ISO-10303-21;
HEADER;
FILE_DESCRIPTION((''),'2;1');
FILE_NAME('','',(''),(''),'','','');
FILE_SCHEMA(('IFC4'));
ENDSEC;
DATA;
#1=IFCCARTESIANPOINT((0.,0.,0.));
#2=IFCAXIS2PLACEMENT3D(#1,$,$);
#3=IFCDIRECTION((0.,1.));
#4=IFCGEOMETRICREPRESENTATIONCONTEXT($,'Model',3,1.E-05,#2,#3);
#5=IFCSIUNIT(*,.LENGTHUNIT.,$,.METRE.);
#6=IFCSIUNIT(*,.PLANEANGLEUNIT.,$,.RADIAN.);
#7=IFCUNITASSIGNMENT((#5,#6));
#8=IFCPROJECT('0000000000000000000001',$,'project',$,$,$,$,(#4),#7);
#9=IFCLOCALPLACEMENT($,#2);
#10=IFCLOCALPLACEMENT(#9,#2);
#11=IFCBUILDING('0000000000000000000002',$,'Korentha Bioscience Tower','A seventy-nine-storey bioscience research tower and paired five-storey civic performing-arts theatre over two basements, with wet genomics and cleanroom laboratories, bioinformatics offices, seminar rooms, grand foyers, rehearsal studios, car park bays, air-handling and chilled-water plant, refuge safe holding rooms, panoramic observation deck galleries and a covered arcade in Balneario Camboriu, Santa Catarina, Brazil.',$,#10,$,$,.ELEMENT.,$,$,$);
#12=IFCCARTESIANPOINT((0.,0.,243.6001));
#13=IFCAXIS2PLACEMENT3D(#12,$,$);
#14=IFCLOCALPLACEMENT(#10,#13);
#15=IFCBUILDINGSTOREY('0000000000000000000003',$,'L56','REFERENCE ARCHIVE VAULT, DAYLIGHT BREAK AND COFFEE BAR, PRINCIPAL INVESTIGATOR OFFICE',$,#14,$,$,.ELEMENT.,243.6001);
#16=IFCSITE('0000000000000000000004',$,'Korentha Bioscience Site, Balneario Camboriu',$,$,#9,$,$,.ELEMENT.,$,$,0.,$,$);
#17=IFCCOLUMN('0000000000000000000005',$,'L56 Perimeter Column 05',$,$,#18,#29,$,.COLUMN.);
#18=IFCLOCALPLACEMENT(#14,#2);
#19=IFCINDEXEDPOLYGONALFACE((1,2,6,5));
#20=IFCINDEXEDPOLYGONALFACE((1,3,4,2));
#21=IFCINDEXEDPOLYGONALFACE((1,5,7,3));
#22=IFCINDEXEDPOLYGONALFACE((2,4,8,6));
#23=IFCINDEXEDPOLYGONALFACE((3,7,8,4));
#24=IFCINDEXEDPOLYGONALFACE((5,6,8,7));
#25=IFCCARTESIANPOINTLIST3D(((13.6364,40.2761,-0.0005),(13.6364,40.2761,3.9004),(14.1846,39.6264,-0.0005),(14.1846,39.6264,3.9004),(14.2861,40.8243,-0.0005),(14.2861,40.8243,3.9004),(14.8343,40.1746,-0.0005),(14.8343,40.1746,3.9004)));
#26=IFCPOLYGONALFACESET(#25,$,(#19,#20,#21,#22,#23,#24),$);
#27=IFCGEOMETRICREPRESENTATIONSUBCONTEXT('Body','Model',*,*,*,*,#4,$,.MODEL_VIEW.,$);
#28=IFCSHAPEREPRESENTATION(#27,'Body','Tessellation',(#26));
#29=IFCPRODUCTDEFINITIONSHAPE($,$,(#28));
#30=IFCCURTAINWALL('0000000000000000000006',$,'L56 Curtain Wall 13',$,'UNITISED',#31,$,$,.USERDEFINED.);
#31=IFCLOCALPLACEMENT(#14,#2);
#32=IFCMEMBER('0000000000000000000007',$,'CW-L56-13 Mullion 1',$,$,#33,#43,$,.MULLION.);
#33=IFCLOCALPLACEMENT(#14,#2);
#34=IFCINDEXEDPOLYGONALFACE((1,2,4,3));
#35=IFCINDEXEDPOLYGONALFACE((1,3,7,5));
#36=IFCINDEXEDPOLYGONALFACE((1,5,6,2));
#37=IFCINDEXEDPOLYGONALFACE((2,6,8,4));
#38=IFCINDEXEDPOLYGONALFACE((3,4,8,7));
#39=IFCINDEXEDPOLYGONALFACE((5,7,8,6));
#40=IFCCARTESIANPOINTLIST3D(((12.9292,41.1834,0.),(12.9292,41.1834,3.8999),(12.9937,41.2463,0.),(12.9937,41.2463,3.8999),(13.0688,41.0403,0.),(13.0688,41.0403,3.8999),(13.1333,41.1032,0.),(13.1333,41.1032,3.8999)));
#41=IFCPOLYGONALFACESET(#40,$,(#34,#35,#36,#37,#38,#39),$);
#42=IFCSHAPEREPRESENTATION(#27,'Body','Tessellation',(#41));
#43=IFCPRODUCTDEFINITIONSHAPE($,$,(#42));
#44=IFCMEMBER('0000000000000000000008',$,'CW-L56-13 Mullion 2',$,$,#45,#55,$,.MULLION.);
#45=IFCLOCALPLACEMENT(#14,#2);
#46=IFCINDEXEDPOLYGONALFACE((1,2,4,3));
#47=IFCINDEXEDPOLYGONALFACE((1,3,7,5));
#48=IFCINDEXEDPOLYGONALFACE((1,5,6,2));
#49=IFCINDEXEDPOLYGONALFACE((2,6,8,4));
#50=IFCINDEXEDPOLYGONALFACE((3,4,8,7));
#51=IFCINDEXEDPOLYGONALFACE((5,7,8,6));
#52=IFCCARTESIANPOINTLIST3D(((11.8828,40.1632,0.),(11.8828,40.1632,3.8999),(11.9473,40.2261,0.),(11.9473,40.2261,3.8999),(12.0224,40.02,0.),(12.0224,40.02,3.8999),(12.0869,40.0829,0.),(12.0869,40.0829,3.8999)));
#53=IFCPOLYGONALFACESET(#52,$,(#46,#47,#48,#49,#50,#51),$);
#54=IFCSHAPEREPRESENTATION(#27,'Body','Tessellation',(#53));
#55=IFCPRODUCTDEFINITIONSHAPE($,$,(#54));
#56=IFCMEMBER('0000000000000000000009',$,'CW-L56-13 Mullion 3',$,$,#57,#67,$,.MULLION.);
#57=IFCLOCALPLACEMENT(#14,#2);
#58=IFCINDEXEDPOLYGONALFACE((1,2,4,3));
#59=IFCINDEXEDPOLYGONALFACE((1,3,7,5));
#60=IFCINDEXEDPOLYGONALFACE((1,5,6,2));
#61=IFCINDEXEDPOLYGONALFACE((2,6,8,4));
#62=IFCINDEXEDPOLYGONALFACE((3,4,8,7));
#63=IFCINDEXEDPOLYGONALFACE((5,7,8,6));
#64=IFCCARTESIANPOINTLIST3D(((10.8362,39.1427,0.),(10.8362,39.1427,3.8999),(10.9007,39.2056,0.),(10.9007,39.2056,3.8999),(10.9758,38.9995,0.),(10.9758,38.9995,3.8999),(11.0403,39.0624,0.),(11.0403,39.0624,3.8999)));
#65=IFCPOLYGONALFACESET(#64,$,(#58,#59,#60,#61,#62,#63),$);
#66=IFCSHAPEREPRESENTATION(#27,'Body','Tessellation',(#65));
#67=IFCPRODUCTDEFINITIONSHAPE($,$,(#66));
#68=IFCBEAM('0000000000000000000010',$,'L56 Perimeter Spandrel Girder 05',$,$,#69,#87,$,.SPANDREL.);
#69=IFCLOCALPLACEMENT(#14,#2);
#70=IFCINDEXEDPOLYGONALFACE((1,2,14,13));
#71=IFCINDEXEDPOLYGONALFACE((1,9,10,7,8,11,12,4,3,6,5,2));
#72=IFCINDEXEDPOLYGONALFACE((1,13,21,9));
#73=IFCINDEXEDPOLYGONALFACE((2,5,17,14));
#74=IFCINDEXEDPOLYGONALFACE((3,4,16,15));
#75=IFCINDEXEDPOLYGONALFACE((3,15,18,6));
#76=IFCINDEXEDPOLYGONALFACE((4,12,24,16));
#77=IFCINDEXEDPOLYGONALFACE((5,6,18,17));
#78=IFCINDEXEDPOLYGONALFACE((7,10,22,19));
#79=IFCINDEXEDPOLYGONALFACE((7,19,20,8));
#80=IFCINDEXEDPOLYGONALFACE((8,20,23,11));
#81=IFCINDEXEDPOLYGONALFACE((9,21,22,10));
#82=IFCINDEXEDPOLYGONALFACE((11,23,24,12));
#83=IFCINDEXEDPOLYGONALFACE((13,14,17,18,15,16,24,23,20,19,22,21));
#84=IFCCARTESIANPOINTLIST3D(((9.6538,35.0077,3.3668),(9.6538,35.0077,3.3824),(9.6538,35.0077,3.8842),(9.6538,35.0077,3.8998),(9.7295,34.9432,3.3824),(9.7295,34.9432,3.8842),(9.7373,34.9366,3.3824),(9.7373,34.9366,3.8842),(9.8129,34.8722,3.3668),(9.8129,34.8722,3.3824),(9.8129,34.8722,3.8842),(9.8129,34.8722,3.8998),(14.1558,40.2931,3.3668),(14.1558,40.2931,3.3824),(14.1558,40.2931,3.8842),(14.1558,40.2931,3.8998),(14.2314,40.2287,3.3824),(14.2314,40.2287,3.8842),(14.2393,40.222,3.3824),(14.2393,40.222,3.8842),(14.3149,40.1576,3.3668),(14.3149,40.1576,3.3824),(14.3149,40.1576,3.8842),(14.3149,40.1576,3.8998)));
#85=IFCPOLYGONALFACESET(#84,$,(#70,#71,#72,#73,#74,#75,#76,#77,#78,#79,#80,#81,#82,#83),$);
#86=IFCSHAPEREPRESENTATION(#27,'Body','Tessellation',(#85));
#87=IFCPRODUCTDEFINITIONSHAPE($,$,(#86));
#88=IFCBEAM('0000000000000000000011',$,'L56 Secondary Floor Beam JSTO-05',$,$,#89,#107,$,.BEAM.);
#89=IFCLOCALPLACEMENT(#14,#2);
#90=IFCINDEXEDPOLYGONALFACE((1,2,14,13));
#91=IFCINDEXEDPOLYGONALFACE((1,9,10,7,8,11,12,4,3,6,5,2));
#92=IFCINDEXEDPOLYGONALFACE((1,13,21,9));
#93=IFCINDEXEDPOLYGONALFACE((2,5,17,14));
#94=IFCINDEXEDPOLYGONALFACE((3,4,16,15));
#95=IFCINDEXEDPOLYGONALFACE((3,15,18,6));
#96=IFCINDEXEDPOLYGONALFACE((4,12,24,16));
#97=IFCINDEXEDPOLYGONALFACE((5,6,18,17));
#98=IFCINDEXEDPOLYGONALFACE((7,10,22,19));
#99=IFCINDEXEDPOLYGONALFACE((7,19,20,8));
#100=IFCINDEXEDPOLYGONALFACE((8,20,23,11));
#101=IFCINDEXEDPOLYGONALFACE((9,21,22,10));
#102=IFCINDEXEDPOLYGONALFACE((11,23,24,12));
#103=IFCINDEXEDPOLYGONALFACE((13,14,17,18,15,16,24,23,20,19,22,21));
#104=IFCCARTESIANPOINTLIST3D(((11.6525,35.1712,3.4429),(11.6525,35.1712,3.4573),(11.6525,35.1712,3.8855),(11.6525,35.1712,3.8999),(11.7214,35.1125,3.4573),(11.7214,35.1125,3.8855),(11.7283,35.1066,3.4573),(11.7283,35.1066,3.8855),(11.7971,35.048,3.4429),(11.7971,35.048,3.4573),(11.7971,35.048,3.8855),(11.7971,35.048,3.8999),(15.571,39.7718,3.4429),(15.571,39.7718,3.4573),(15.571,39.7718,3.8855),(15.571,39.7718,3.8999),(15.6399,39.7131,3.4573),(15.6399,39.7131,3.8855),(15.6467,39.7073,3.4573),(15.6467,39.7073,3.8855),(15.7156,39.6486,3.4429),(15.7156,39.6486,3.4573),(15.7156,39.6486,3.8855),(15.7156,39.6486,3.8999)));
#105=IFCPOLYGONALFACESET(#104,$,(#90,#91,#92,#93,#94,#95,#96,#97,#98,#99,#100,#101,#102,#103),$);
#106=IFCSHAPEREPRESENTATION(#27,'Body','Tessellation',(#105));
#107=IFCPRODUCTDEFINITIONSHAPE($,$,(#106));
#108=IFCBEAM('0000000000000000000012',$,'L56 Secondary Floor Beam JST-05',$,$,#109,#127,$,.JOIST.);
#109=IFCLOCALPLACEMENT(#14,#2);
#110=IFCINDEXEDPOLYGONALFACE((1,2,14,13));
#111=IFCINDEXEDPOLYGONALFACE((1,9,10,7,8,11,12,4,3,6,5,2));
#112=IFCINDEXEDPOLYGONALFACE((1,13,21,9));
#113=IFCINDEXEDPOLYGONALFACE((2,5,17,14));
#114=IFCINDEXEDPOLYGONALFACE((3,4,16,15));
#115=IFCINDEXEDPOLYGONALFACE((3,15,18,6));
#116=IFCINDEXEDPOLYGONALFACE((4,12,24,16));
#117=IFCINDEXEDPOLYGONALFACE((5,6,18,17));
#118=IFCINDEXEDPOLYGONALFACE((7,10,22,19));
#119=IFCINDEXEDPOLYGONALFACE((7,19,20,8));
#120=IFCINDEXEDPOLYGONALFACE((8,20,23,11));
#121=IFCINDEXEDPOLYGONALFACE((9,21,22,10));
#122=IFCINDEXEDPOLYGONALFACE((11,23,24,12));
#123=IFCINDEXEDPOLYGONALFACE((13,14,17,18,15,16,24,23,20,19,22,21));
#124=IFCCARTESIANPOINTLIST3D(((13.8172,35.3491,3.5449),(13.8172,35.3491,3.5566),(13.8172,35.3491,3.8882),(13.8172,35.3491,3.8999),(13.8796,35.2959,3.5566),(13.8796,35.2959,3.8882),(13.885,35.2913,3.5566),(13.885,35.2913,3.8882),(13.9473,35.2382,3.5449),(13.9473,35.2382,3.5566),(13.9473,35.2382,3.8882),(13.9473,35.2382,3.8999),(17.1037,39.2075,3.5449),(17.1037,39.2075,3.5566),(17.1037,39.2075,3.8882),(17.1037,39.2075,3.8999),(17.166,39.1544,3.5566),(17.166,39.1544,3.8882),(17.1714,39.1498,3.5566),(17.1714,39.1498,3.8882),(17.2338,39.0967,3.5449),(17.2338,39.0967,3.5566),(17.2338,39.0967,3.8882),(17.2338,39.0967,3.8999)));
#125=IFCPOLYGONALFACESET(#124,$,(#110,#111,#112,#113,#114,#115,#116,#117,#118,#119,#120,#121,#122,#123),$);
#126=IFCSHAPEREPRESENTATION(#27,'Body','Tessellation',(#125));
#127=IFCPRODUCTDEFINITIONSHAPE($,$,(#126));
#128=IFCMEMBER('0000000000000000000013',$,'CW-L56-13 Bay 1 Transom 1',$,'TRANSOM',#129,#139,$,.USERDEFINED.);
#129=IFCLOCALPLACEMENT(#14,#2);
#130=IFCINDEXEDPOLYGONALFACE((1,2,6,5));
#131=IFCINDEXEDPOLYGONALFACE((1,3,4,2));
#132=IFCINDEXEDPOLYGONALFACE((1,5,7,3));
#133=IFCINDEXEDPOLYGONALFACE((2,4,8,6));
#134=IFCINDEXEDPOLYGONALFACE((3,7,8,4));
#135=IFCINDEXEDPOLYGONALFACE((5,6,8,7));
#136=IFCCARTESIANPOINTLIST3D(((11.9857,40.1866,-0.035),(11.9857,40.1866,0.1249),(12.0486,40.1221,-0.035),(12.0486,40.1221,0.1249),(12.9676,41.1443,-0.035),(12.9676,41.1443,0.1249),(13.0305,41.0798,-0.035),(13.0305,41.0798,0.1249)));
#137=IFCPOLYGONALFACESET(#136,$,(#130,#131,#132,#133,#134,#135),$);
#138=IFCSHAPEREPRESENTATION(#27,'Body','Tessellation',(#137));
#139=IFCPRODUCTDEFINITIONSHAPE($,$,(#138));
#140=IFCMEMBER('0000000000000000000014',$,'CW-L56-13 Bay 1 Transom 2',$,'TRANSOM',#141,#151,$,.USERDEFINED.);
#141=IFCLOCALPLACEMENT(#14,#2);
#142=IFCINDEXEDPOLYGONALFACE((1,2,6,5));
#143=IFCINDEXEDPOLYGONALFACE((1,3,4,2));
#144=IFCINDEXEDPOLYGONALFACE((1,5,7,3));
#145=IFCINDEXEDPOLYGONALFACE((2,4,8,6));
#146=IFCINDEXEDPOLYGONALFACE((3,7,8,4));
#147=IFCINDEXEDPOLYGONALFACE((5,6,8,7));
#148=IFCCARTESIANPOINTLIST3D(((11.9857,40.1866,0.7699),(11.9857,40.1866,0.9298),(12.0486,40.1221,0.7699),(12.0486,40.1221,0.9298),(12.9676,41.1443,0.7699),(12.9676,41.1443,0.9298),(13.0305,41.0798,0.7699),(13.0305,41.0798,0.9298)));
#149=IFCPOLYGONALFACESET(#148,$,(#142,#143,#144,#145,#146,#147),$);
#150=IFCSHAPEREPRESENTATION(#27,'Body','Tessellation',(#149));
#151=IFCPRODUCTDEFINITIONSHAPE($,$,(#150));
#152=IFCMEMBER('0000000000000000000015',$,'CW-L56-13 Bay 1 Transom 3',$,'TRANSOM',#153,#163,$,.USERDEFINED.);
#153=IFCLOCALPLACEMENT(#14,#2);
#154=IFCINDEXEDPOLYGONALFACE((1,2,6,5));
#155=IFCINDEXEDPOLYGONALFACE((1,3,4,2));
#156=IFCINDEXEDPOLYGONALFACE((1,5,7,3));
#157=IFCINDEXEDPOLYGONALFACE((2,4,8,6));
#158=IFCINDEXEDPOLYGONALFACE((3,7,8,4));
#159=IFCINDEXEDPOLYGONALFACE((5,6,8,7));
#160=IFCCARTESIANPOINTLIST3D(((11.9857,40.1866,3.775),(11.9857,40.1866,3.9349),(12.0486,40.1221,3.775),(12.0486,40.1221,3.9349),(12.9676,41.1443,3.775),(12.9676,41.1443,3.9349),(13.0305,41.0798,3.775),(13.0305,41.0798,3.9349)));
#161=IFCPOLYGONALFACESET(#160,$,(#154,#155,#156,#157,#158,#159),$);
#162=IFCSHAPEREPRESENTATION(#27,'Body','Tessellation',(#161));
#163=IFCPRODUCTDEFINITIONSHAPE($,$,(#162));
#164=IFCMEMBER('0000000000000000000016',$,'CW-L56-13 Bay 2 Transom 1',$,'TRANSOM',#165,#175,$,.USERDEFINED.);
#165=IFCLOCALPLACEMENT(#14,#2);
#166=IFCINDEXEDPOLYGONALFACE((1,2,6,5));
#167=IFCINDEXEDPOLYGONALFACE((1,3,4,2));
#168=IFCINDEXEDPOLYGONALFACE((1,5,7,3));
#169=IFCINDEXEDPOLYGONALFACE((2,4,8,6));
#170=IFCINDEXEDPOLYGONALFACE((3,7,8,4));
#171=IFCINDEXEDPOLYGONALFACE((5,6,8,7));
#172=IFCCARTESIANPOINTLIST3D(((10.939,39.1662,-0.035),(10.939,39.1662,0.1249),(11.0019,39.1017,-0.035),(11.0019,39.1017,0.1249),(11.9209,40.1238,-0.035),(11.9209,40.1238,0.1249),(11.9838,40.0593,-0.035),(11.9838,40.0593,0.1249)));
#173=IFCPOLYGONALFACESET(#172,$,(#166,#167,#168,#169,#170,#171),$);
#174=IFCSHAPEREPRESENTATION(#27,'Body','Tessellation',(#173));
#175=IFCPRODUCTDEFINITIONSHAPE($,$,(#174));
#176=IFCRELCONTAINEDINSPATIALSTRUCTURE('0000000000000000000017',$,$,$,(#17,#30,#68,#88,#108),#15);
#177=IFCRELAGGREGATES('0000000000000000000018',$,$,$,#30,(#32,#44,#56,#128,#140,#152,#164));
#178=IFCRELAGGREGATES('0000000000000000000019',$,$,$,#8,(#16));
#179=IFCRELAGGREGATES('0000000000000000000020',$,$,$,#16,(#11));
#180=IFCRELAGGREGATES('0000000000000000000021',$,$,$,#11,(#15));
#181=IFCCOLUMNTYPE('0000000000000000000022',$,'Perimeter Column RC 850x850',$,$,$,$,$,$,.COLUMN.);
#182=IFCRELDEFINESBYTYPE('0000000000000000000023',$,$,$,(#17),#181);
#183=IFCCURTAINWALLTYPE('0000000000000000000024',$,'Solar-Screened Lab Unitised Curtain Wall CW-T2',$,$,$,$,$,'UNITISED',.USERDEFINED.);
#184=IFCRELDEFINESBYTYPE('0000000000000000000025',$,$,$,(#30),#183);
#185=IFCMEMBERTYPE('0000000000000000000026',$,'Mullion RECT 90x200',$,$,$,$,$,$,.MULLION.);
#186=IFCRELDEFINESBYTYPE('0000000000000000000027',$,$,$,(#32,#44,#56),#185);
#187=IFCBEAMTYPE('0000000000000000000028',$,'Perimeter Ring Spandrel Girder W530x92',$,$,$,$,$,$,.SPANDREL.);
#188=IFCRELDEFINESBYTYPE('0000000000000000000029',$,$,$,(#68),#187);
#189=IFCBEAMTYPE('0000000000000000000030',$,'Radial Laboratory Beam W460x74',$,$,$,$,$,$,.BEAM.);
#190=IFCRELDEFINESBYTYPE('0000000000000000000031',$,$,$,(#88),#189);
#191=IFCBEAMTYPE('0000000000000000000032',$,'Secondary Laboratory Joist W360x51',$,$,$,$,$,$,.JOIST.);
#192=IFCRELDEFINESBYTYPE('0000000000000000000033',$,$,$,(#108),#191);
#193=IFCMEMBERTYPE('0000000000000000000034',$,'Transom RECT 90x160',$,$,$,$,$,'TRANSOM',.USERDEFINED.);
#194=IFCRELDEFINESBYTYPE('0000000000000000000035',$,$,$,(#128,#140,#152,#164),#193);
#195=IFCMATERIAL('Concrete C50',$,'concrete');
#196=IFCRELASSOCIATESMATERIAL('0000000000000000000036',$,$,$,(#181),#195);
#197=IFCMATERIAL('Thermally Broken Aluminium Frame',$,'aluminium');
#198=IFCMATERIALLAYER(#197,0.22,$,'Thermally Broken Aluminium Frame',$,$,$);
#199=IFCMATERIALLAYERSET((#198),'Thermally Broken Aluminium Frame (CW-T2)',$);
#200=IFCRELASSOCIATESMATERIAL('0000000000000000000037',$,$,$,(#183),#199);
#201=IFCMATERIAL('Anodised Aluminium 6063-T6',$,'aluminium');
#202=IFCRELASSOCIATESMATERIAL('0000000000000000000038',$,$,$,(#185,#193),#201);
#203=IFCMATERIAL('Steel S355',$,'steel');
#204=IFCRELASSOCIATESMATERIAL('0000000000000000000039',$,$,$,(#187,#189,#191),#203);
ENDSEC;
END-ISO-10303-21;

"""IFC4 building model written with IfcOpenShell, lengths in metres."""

from ifc_helpers import new_model, si_unit, direction, frame, origin, origin_2d, place, context, subcontext, project, spatial, rectangle, i_section, extrude, material, layer, layer_set, material_profile, profile_set, type_object, element, aggregate, save


model = new_model("IFC4")

# Units and contexts
model_context = context("Model", 3, precision=1e-05, world=origin(), true_north=direction((0.0, 1.0)))
body_context = subcontext(model_context, "Body", "Model", "MODEL_VIEW")
ifc_project = project(units=[si_unit("LENGTHUNIT", "METRE"), si_unit("PLANEANGLEUNIT", "RADIAN")], contexts=[model_context])

# Site, building, storey
site_placement = place(None, origin())
site = spatial("IfcSite", under=ifc_project, at=site_placement, Name="Korentha Bioscience Site, Balneario Camboriu", CompositionType="ELEMENT", RefElevation=0.0)
building_placement = place(site_placement, origin())
building = spatial("IfcBuilding", under=site, at=building_placement, Name="Korentha Bioscience Tower", Description="A seventy-nine-storey bioscience research tower and paired five-storey civic performing-arts theatre over two basements, with wet genomics and cleanroom laboratories, bioinformatics offices, seminar rooms, grand foyers, rehearsal studios, car park bays, air-handling and chilled-water plant, refuge safe holding rooms, panoramic observation deck galleries and a covered arcade in Balneario Camboriu, Santa Catarina, Brazil.", CompositionType="ELEMENT")
storey_placement = place(building_placement, frame((0.0, 0.0, 243.6001)))
storey = spatial("IfcBuildingStorey", under=building, at=storey_placement, Name="L56", Description="REFERENCE ARCHIVE VAULT, DAYLIGHT BREAK AND COFFEE BAR, PRINCIPAL INVESTIGATOR OFFICE", CompositionType="ELEMENT", Elevation=243.6001)

# Column
ifc_material_1 = material(Name="Concrete C50", Category="concrete")
ifc_material_profile_1 = material_profile(ifc_material_1, rectangle(XDim=0.8501, YDim=0.8501, at=origin_2d()), Name="Concrete C50")
ifc_profile_set_1 = profile_set([ifc_material_profile_1], Name="Concrete C50 (COL-P08)")
column_type = type_object("IfcColumnType", Name="Perimeter Column RC 850x850", PredefinedType="COLUMN", material=ifc_profile_set_1)
column_placement = place(storey_placement, frame((14.2354, 40.2253, -0.0005), z_axis=(0.0, 0.0, 1.0), x_axis=(0.764246, 0.644924, 0.0)))
element("IfcColumn", 1, at=column_placement, inside=storey, type_object=column_type, Name="L56 Perimeter Column 05", PredefinedType="COLUMN", context=body_context, shape_type="SweptSolid", body=[
    extrude(rectangle(XDim=0.8501, YDim=0.8501, at=origin_2d()), origin(), (0.0, 0.0, 1.0), 3.9009),
])

# Curtain wall, members
ifc_material_2 = material(Name="Thermally Broken Aluminium Frame", Category="aluminium")
ifc_layer_1 = layer(ifc_material_2, 0.22, Name="Thermally Broken Aluminium Frame")
ifc_layer_set_1 = layer_set([ifc_layer_1], Name="Thermally Broken Aluminium Frame (CW-T2)")
curtain_wall_type = type_object("IfcCurtainWallType", Name="Solar-Screened Lab Unitised Curtain Wall CW-T2", ElementType="UNITISED", PredefinedType="USERDEFINED", material=ifc_layer_set_1)
curtain_wall_placement = place(storey_placement, origin())
curtain_wall = element("IfcCurtainWall", 2, at=curtain_wall_placement, inside=storey, type_object=curtain_wall_type, Name="L56 Curtain Wall 13", ObjectType="UNITISED", PredefinedType="USERDEFINED")
ifc_material_3 = material(Name="Anodised Aluminium 6063-T6", Category="aluminium")
ifc_material_profile_2 = material_profile(ifc_material_3, rectangle(XDim=0.0901, YDim=0.2, at=origin_2d()), Name="Anodised Aluminium 6063-T6")
ifc_profile_set_2 = profile_set([ifc_material_profile_2], Name="Anodised Aluminium 6063-T6 (CW-MUL)")
member_type_1 = type_object("IfcMemberType", Name="Mullion RECT 90x200", PredefinedType="MULLION", material=ifc_profile_set_2)
member_1_placement = place(storey_placement, frame((13.0312, 41.1433, 0.0), z_axis=(0.0, 0.0, 1.0), x_axis=(-0.715994, -0.698107, 0.0)))
member_1 = element("IfcMember", 3, at=member_1_placement, type_object=member_type_1, Name="CW-L56-13 Mullion 1", PredefinedType="MULLION", context=body_context, shape_type="SweptSolid", body=[
    extrude(rectangle(XDim=0.0901, YDim=0.2, at=origin_2d()), origin(), (0.0, 0.0, 1.0), 3.8999),
])
member_2_placement = place(storey_placement, frame((11.9849, 40.123, 0.0), z_axis=(0.0, 0.0, 1.0), x_axis=(-0.715994, -0.698107, 0.0)))
member_2 = element("IfcMember", 4, at=member_2_placement, type_object=member_type_1, Name="CW-L56-13 Mullion 2", PredefinedType="MULLION", context=body_context, shape_type="SweptSolid", body=[
    extrude(rectangle(XDim=0.0901, YDim=0.2, at=origin_2d()), origin(), (0.0, 0.0, 1.0), 3.8999),
])
member_3_placement = place(storey_placement, frame((10.9382, 39.1025, 0.0), z_axis=(0.0, 0.0, 1.0), x_axis=(-0.715994, -0.698107, 0.0)))
member_3 = element("IfcMember", 5, at=member_3_placement, type_object=member_type_1, Name="CW-L56-13 Mullion 3", PredefinedType="MULLION", context=body_context, shape_type="SweptSolid", body=[
    extrude(rectangle(XDim=0.0901, YDim=0.2, at=origin_2d()), origin(), (0.0, 0.0, 1.0), 3.8999),
])

# Beams
ifc_material_4 = material(Name="Steel S355", Category="steel")
ifc_material_profile_3 = material_profile(ifc_material_4, i_section(OverallWidth=0.209, OverallDepth=0.533, WebThickness=0.0103, FlangeThickness=0.0156, at=origin_2d()), Name="Steel S355")
ifc_profile_set_3 = profile_set([ifc_material_profile_3], Name="Steel S355 (SB-530)")
beam_type_1 = type_object("IfcBeamType", Name="Perimeter Ring Spandrel Girder W530x92", PredefinedType="SPANDREL", material=ifc_profile_set_3)
beam_1_placement = place(storey_placement, frame((14.2354, 40.2253, 3.6333), z_axis=(-0.648431, -0.761273, 0.0), x_axis=(0.761273, -0.648431, 0.0)))
element("IfcBeam", 6, at=beam_1_placement, inside=storey, type_object=beam_type_1, Name="L56 Perimeter Spandrel Girder 05", PredefinedType="SPANDREL", context=body_context, shape_type="SweptSolid", body=[
    extrude(i_section(OverallWidth=0.209, OverallDepth=0.533, WebThickness=0.0103, FlangeThickness=0.0156, at=origin_2d()), origin(), (0.0, 0.0, 1.0), 6.9429),
])
ifc_material_profile_4 = material_profile(ifc_material_4, i_section(OverallWidth=0.1899, OverallDepth=0.457, WebThickness=0.009, FlangeThickness=0.0144, at=origin_2d()), Name="Steel S355")
ifc_profile_set_4 = profile_set([ifc_material_profile_4], Name="Steel S355 (RB-460)")
beam_type_2 = type_object("IfcBeamType", Name="Radial Laboratory Beam W460x74", PredefinedType="BEAM", material=ifc_profile_set_4)
beam_2_placement = place(storey_placement, frame((15.6433, 39.7102, 3.6714), z_axis=(-0.648413, -0.761289, 0.0), x_axis=(0.761289, -0.648413, 0.0)))
element("IfcBeam", 7, at=beam_2_placement, inside=storey, type_object=beam_type_2, Name="L56 Secondary Floor Beam JSTO-05", PredefinedType="BEAM", context=body_context, shape_type="SweptSolid", body=[
    extrude(i_section(OverallWidth=0.1899, OverallDepth=0.457, WebThickness=0.009, FlangeThickness=0.0144, at=origin_2d()), origin(), (0.0, 0.0, 1.0), 6.0432),
])
ifc_material_profile_5 = material_profile(ifc_material_4, i_section(OverallWidth=0.1709, OverallDepth=0.355, WebThickness=0.0071, FlangeThickness=0.0117, at=origin_2d()), Name="Steel S355")
ifc_profile_set_5 = profile_set([ifc_material_profile_5], Name="Steel S355 (JB-360)")
beam_type_3 = type_object("IfcBeamType", Name="Secondary Laboratory Joist W360x51", PredefinedType="JOIST", material=ifc_profile_set_5)
beam_3_placement = place(storey_placement, frame((17.1687, 39.1521, 3.7224), z_axis=(-0.64842, -0.761283, 0.0), x_axis=(0.761283, -0.64842, 0.0)))
element("IfcBeam", 8, at=beam_3_placement, inside=storey, type_object=beam_type_3, Name="L56 Secondary Floor Beam JST-05", PredefinedType="JOIST", context=body_context, shape_type="SweptSolid", body=[
    extrude(i_section(OverallWidth=0.1709, OverallDepth=0.355, WebThickness=0.0071, FlangeThickness=0.0117, at=origin_2d()), origin(), (0.0, 0.0, 1.0), 5.0684),
])

# Members
ifc_material_profile_6 = material_profile(ifc_material_3, rectangle(XDim=0.0901, YDim=0.1599, at=origin_2d()), Name="Anodised Aluminium 6063-T6")
ifc_profile_set_6 = profile_set([ifc_material_profile_6], Name="Anodised Aluminium 6063-T6 (CW-TRN)")
member_type_2 = type_object("IfcMemberType", Name="Transom RECT 90x160", ElementType="TRANSOM", PredefinedType="USERDEFINED", material=ifc_profile_set_6)
member_4_placement = place(storey_placement, frame((12.999, 41.1121, 0.0449), z_axis=(-0.715862, -0.698242, 0.0), x_axis=(0.698242, -0.715862, 0.0)))
member_4 = element("IfcMember", 9, at=member_4_placement, type_object=member_type_2, Name="CW-L56-13 Bay 1 Transom 1", ObjectType="TRANSOM", PredefinedType="USERDEFINED", context=body_context, shape_type="SweptSolid", body=[
    extrude(rectangle(XDim=0.0901, YDim=0.1599, at=origin_2d()), origin(), (0.0, 0.0, 1.0), 1.3716),
])
member_5_placement = place(storey_placement, frame((12.999, 41.1121, 0.8499), z_axis=(-0.715862, -0.698242, 0.0), x_axis=(0.698242, -0.715862, 0.0)))
member_5 = element("IfcMember", 10, at=member_5_placement, type_object=member_type_2, Name="CW-L56-13 Bay 1 Transom 2", ObjectType="TRANSOM", PredefinedType="USERDEFINED", context=body_context, shape_type="SweptSolid", body=[
    extrude(rectangle(XDim=0.0901, YDim=0.1599, at=origin_2d()), origin(), (0.0, 0.0, 1.0), 1.3716),
])
member_6_placement = place(storey_placement, frame((12.999, 41.1121, 3.855), z_axis=(-0.715862, -0.698242, 0.0), x_axis=(0.698242, -0.715862, 0.0)))
member_6 = element("IfcMember", 11, at=member_6_placement, type_object=member_type_2, Name="CW-L56-13 Bay 1 Transom 3", ObjectType="TRANSOM", PredefinedType="USERDEFINED", context=body_context, shape_type="SweptSolid", body=[
    extrude(rectangle(XDim=0.0901, YDim=0.1599, at=origin_2d()), origin(), (0.0, 0.0, 1.0), 1.3716),
])
member_7_placement = place(storey_placement, frame((11.9524, 40.0916, 0.0449), z_axis=(-0.715951, -0.69815, 0.0), x_axis=(0.69815, -0.715951, 0.0)))
member_7 = element("IfcMember", 12, at=member_7_placement, type_object=member_type_2, Name="CW-L56-13 Bay 2 Transom 1", ObjectType="TRANSOM", PredefinedType="USERDEFINED", context=body_context, shape_type="SweptSolid", body=[
    extrude(rectangle(XDim=0.0901, YDim=0.1599, at=origin_2d()), origin(), (0.0, 0.0, 1.0), 1.3716),
])

aggregate(curtain_wall, [member_1, member_2, member_3, member_4, member_5, member_6, member_7])

save(model, "model.ifc")
